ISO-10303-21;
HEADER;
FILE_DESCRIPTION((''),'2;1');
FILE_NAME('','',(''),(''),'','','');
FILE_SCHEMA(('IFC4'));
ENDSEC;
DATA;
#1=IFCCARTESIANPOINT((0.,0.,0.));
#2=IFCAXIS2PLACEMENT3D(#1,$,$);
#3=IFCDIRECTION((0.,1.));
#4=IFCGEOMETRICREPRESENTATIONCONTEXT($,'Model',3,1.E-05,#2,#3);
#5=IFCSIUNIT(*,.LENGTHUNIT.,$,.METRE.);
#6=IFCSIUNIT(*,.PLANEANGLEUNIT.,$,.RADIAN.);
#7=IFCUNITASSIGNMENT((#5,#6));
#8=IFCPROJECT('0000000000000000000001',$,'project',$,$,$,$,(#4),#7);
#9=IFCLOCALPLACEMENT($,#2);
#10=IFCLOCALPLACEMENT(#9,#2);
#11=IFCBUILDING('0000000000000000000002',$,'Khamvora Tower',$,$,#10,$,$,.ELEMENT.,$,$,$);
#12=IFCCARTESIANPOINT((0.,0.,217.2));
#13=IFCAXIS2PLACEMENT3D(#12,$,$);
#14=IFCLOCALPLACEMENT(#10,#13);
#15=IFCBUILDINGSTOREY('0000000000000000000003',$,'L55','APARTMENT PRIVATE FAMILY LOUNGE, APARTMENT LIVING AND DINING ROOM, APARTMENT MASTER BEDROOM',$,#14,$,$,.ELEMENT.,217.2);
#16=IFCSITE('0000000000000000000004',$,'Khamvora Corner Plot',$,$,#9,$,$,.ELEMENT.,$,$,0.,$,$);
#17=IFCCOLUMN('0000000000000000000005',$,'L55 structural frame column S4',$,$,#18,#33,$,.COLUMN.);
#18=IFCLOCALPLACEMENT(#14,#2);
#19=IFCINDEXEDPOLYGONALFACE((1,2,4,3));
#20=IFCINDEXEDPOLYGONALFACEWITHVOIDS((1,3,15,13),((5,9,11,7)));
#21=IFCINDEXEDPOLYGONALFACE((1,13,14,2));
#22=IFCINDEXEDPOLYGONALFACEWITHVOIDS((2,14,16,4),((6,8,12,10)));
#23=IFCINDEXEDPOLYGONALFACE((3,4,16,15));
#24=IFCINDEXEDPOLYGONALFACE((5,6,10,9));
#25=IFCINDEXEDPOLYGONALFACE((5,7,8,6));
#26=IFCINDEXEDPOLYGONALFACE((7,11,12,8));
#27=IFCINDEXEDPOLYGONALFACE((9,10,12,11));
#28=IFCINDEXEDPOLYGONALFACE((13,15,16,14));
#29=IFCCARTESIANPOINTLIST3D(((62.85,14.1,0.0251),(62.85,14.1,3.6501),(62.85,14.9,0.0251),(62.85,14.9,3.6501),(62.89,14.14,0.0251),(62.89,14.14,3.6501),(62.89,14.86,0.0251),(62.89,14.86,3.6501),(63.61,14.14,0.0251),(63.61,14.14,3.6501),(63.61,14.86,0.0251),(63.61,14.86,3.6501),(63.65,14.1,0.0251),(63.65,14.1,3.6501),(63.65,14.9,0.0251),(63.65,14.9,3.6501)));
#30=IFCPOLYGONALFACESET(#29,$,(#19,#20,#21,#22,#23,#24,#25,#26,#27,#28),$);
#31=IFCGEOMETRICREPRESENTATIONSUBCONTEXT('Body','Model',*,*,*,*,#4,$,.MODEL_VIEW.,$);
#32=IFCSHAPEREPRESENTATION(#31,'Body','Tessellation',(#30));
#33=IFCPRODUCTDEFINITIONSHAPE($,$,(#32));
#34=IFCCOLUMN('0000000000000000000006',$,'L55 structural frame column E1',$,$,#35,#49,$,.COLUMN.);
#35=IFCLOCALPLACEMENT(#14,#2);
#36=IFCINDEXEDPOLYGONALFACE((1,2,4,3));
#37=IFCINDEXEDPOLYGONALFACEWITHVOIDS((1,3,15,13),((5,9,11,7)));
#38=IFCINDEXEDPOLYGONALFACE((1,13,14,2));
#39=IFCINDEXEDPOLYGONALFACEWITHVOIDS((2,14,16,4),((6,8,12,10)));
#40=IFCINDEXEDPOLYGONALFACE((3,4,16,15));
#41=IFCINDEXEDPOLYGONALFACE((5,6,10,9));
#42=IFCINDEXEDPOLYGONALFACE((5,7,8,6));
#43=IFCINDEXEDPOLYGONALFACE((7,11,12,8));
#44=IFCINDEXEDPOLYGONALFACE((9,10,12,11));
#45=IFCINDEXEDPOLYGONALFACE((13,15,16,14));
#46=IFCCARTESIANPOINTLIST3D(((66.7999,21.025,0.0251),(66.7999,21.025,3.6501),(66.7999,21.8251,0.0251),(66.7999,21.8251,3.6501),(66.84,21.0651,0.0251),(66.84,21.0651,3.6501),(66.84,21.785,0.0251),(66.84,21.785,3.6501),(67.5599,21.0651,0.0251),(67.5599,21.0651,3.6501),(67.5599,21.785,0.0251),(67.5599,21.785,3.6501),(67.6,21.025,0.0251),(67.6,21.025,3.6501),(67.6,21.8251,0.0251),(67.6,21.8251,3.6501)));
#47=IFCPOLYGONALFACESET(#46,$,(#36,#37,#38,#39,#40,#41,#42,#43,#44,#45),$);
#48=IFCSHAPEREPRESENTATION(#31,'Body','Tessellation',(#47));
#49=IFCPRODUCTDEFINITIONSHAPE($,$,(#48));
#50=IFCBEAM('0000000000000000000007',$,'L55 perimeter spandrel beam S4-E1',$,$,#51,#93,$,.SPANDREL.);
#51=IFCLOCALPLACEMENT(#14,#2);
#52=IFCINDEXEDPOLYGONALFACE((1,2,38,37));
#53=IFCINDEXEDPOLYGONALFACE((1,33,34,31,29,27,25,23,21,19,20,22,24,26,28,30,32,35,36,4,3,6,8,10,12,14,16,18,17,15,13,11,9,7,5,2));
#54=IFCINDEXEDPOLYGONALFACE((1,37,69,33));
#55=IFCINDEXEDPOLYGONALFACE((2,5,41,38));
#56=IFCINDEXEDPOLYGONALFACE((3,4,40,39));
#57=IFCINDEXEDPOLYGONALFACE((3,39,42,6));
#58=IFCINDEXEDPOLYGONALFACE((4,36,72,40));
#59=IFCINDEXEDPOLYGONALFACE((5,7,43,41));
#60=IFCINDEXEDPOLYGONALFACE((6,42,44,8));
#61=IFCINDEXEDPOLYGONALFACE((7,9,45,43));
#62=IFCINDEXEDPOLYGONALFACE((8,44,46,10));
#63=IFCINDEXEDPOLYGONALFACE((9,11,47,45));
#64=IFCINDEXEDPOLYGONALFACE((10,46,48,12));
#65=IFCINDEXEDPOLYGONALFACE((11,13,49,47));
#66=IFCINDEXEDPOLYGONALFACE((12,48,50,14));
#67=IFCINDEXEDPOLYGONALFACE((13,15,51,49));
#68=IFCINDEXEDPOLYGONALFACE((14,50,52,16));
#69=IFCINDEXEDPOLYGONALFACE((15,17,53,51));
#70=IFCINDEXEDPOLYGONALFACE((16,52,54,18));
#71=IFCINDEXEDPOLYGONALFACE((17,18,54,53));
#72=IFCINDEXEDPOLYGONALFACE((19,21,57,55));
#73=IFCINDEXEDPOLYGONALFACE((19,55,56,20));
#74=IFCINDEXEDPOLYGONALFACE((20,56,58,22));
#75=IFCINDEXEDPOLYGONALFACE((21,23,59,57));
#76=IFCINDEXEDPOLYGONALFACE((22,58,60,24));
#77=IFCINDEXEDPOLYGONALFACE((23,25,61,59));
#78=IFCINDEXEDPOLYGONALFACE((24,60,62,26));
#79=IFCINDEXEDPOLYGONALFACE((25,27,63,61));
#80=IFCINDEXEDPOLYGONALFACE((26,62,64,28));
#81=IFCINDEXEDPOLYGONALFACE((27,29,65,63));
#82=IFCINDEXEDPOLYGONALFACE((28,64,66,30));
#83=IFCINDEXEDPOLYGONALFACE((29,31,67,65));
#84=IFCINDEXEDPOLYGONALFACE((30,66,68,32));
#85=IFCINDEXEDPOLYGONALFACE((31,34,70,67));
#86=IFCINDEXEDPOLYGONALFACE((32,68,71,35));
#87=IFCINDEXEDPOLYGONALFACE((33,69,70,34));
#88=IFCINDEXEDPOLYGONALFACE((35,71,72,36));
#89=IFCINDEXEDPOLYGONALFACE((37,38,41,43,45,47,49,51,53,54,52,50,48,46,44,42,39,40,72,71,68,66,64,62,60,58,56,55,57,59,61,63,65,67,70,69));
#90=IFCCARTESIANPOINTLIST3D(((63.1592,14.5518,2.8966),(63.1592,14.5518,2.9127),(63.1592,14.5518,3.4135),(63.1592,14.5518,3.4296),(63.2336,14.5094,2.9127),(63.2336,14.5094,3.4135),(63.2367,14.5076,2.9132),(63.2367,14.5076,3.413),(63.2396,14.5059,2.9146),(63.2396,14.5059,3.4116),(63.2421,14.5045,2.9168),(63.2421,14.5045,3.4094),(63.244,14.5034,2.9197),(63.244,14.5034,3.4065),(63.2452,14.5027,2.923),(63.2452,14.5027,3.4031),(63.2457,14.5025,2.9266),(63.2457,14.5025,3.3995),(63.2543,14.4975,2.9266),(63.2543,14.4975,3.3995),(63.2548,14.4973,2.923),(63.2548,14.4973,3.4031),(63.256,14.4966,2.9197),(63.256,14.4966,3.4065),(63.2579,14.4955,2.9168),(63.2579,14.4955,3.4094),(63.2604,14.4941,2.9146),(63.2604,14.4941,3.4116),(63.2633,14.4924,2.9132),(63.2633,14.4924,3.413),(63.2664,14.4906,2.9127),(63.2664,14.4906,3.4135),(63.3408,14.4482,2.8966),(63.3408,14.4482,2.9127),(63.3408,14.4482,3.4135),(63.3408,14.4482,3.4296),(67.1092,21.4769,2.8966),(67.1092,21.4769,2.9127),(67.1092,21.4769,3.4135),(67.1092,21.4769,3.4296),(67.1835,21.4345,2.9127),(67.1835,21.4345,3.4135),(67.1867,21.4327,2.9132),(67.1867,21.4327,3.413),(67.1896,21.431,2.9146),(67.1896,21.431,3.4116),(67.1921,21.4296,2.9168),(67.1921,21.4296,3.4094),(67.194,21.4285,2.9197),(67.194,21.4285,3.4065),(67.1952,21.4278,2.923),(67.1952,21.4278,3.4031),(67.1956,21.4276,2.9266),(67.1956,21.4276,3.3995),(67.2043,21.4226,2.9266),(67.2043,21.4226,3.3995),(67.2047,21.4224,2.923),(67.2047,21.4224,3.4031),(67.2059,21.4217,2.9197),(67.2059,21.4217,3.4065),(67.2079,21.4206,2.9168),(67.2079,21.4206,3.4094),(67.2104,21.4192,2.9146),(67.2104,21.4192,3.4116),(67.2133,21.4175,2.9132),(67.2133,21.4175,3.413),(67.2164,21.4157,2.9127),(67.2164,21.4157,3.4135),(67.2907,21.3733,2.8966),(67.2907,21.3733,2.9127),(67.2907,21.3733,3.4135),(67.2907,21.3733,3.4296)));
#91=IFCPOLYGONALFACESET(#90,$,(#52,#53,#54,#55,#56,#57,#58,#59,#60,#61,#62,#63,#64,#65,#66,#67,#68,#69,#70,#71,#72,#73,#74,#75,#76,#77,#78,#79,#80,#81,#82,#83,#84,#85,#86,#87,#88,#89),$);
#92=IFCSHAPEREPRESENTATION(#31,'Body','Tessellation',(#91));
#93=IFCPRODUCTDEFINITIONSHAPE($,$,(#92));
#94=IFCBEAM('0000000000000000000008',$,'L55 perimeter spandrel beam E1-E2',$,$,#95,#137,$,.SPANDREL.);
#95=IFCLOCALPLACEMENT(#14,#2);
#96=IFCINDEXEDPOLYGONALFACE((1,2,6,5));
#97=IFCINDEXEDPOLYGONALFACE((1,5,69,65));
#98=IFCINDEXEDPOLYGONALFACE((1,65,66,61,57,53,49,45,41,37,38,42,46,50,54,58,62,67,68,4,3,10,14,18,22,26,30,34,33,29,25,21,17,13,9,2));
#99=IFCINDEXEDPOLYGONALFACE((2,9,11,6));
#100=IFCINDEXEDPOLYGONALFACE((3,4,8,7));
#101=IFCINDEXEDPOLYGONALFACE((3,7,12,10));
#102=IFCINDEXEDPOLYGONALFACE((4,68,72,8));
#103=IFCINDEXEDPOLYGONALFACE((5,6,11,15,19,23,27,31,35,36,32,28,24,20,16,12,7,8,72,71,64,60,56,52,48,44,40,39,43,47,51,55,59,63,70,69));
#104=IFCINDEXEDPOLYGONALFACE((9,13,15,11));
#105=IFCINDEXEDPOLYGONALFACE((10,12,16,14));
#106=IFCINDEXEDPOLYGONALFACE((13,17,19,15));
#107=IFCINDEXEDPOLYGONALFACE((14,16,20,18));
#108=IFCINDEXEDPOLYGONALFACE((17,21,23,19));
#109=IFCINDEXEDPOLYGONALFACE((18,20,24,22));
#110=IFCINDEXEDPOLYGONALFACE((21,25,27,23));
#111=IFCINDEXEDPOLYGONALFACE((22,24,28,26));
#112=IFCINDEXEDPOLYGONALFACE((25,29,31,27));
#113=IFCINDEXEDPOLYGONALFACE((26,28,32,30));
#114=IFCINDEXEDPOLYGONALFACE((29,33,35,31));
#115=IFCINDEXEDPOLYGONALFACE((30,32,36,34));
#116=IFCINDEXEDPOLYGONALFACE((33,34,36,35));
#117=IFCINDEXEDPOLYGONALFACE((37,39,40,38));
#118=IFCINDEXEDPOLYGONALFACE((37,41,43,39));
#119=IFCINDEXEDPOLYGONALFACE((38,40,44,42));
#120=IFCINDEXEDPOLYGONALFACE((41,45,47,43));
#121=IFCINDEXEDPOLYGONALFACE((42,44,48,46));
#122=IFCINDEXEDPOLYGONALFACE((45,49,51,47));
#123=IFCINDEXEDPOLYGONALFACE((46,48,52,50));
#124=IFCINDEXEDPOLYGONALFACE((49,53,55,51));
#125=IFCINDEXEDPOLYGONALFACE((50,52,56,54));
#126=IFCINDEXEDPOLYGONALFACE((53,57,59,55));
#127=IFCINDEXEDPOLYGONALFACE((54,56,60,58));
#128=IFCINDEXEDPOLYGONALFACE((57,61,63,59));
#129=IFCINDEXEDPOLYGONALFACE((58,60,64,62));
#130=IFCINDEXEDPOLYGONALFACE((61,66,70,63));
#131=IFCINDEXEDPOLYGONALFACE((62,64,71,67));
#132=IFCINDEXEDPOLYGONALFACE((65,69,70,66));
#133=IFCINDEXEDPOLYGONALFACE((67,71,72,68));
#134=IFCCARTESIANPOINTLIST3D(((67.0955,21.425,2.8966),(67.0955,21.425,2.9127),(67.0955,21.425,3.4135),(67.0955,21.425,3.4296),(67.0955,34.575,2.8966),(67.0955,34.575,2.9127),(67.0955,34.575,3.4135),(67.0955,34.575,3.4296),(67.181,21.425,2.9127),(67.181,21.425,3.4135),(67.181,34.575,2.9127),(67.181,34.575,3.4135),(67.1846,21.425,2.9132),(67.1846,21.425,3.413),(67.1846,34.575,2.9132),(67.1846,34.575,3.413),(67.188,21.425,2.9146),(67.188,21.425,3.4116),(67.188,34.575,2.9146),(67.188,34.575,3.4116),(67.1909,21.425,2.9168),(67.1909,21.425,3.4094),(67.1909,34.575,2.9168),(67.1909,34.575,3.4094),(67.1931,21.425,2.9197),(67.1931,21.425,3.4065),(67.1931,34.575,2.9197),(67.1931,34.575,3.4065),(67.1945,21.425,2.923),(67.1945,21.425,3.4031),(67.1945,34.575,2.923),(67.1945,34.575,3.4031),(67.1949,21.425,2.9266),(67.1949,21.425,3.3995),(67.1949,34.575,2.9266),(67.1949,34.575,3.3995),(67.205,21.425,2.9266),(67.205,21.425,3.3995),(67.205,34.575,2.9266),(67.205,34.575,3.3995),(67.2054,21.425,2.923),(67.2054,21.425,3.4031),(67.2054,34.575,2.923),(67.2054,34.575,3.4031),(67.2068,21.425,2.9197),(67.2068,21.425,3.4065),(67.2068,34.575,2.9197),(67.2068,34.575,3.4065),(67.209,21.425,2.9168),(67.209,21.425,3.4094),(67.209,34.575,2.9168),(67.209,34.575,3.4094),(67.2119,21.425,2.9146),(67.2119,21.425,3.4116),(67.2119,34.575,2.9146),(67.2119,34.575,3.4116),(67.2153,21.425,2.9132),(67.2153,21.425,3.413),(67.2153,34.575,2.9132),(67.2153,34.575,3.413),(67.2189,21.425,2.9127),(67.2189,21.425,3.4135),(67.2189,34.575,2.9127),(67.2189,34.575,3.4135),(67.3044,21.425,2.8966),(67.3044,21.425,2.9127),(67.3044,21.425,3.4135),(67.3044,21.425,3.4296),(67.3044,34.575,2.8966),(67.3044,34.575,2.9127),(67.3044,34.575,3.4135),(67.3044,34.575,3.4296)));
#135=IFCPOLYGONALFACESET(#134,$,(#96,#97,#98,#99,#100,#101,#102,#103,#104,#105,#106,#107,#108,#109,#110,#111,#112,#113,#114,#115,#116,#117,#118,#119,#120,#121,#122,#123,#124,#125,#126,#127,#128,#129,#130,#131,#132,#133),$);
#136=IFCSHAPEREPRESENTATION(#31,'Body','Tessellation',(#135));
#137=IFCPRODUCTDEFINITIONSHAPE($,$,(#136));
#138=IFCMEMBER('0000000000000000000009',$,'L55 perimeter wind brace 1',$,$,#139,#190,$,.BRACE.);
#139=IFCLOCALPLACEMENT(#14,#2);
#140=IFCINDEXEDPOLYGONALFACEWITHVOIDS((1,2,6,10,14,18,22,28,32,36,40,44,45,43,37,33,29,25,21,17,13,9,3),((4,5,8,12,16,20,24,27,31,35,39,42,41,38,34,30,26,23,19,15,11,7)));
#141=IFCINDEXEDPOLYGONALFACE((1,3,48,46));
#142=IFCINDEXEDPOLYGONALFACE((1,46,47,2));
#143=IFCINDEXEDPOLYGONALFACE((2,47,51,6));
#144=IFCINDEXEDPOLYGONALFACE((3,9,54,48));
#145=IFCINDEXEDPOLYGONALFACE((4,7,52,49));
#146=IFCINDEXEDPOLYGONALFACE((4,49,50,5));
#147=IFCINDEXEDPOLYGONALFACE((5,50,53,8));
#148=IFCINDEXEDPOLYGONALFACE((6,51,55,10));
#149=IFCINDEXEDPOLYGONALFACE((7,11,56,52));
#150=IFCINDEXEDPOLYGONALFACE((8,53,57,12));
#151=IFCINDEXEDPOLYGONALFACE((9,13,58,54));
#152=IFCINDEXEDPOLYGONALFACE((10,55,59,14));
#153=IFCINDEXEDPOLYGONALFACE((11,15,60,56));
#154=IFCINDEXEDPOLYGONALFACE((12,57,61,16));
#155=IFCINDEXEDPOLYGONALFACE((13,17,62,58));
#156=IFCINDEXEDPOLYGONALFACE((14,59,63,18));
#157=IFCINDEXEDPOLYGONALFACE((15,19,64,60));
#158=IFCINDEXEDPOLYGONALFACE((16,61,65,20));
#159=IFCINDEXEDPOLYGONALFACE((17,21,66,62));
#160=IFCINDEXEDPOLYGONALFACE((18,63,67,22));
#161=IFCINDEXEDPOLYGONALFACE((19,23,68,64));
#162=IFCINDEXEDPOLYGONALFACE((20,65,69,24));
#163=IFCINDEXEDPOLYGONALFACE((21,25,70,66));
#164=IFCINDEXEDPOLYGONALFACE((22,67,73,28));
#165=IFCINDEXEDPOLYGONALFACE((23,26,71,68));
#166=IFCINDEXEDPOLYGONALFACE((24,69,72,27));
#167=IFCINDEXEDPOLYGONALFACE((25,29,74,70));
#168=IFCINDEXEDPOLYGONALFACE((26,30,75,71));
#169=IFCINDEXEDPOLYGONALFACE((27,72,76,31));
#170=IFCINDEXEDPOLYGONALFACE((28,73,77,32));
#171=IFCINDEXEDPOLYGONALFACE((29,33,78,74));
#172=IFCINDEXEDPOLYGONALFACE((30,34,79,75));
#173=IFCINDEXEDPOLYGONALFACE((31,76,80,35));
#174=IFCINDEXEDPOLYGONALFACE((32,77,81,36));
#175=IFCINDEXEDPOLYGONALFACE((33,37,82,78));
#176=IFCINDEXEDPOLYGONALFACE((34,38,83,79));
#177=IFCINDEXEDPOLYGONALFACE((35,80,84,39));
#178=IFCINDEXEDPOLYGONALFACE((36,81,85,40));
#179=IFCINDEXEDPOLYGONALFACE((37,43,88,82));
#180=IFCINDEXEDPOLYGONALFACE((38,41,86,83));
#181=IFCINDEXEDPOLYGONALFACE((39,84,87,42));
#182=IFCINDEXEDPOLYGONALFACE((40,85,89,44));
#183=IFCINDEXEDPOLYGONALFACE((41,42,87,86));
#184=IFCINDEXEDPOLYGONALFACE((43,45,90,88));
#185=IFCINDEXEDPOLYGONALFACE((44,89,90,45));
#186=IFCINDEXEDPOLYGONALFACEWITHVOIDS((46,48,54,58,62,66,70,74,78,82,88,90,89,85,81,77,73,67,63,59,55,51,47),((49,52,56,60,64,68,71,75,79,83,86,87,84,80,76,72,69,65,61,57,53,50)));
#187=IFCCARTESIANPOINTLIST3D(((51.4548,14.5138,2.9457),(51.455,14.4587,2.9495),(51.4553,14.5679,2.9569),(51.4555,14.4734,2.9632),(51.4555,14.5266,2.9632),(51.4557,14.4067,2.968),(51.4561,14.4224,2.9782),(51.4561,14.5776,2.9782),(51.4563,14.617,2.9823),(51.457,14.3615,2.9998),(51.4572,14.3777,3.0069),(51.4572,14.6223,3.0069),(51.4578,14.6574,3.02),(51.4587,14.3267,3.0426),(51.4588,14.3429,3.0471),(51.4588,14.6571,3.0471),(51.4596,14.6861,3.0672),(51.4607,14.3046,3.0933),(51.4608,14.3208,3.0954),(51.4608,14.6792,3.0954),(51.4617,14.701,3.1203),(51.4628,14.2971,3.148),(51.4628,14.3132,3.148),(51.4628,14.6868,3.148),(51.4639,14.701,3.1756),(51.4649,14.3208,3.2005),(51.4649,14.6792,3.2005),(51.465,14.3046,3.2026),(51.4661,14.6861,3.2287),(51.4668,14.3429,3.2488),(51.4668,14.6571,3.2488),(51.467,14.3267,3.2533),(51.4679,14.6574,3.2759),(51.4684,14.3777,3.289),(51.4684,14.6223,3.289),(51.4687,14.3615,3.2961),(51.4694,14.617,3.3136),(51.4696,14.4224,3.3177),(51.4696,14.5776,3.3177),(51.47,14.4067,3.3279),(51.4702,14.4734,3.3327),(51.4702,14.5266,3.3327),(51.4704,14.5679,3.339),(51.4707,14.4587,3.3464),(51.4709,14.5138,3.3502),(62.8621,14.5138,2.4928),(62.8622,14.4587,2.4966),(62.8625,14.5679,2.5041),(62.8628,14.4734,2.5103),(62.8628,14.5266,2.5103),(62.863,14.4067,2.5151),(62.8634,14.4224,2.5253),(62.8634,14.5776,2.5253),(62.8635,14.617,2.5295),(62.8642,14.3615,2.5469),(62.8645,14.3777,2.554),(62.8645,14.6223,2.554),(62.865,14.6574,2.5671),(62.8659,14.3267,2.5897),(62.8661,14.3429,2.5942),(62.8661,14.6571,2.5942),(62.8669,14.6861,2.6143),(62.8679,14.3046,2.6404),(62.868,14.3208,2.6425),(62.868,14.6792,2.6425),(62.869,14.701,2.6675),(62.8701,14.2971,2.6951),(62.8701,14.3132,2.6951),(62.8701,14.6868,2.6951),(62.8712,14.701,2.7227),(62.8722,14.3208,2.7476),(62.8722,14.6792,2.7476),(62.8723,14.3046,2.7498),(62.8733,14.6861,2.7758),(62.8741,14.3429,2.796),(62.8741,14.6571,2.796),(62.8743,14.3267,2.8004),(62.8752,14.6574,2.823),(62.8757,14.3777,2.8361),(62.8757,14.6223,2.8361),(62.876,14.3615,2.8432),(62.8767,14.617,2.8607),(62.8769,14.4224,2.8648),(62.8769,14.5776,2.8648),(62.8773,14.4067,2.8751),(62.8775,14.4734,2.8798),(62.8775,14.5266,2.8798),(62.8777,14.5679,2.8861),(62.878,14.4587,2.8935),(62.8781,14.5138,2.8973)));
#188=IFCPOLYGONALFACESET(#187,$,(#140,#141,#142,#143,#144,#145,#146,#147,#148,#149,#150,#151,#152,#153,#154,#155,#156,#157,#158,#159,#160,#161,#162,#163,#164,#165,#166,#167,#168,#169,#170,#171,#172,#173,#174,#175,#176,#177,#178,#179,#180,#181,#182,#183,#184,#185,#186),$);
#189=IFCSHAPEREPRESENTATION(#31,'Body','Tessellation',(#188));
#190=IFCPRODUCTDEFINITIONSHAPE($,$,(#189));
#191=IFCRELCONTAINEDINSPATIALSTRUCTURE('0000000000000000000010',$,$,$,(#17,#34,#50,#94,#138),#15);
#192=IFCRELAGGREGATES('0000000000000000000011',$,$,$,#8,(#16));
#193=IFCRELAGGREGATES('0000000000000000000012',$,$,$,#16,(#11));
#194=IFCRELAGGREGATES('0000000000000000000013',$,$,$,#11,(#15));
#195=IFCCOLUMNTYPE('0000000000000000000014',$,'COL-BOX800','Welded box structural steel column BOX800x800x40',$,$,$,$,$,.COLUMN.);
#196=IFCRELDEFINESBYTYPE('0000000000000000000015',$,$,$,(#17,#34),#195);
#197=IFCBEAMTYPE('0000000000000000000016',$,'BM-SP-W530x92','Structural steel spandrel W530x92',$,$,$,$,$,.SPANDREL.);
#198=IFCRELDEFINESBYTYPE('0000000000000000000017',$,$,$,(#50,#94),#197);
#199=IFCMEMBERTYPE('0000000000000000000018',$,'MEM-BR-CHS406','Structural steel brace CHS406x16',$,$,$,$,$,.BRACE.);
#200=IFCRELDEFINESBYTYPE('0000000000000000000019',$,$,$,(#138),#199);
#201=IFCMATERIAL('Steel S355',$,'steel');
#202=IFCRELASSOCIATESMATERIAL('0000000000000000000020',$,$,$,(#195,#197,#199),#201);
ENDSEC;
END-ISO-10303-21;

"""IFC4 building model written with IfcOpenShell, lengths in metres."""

from ifc_helpers import new_model, si_unit, direction, frame, origin, origin_2d, place, context, subcontext, project, spatial, hollow_rectangle, hollow_circle, i_section, extrude, material, material_profile, profile_set, type_object, element, save


model = new_model("IFC4")

# Units and contexts
model_context = context("Model", 3, precision=1e-05, world=origin(), true_north=direction((0.0, 1.0)))
body_context = subcontext(model_context, "Body", "Model", "MODEL_VIEW")
ifc_project = project(units=[si_unit("LENGTHUNIT", "METRE"), si_unit("PLANEANGLEUNIT", "RADIAN")], contexts=[model_context])

# Site, building, storey
site_placement = place(None, origin())
site = spatial("IfcSite", under=ifc_project, at=site_placement, Name="Khamvora Corner Plot", CompositionType="ELEMENT", RefElevation=0.0)
building_placement = place(site_placement, origin())
building = spatial("IfcBuilding", under=site, at=building_placement, Name="Khamvora Tower", CompositionType="ELEMENT")
storey_placement = place(building_placement, frame((0.0, 0.0, 217.2)))
storey = spatial("IfcBuildingStorey", under=building, at=storey_placement, Name="L55", Description="APARTMENT PRIVATE FAMILY LOUNGE, APARTMENT LIVING AND DINING ROOM, APARTMENT MASTER BEDROOM", CompositionType="ELEMENT", Elevation=217.2)

# Columns
ifc_material_1 = material(Name="Steel S355", Category="steel")
ifc_material_profile_1 = material_profile(ifc_material_1, hollow_rectangle(XDim=0.8, YDim=0.8, WallThickness=0.04, at=origin_2d()), Name="BOX800x800x40")
ifc_profile_set_1 = profile_set([ifc_material_profile_1], Name="Steel S355")
column_type = type_object("IfcColumnType", Name="COL-BOX800", Description="Welded box structural steel column BOX800x800x40", PredefinedType="COLUMN", material=ifc_profile_set_1)
for number, where, z_axis, x_axis, name in (
    (1, (63.25, 14.5, 0.0251), (0.0, 0.0, 1.0), (1.0, 0.0, 0.0), "L55 structural frame column S4"),
    (2, (67.2, 21.425, 0.0251), (0.0, 0.0, 1.0), (1.0, 0.0, 0.0), "L55 structural frame column E1"),
):
    element("IfcColumn", number, at=place(storey_placement, frame(where, z_axis=z_axis, x_axis=x_axis)), inside=storey, type_object=column_type, Name=name, PredefinedType="COLUMN", context=body_context, shape_type="SweptSolid", body=[
        extrude(hollow_rectangle(XDim=0.8, YDim=0.8, WallThickness=0.04, at=origin_2d()), origin(), (0.0, 0.0, 1.0), 3.625),
    ])

# Beams
ifc_material_profile_2 = material_profile(ifc_material_1, i_section(OverallWidth=0.209, OverallDepth=0.533, WebThickness=0.01, FlangeThickness=0.0161, FilletRadius=0.0139, at=origin_2d()), Name="W530x92")
ifc_profile_set_2 = profile_set([ifc_material_profile_2], Name="Steel S355")
beam_type = type_object("IfcBeamType", Name="BM-SP-W530x92", Description="Structural steel spandrel W530x92", PredefinedType="SPANDREL", material=ifc_profile_set_2)
beam_1_placement = place(storey_placement, frame((63.25, 14.5, 3.1631), z_axis=(0.495456, 0.868633, 0.0), x_axis=(-0.868633, 0.495456, 0.0)))
element("IfcBeam", 3, at=beam_1_placement, inside=storey, type_object=beam_type, Name="L55 perimeter spandrel beam S4-E1", PredefinedType="SPANDREL", context=body_context, shape_type="SweptSolid", body=[
    extrude(i_section(OverallWidth=0.209, OverallDepth=0.533, WebThickness=0.01, FlangeThickness=0.0161, FilletRadius=0.0139, at=origin_2d()), origin(), (0.0, 0.0, 1.0), 7.9724),
])
beam_2_placement = place(storey_placement, frame((67.2, 21.425, 3.1631), z_axis=(0.0, 1.0, 0.0), x_axis=(-1.0, 0.0, 0.0)))
element("IfcBeam", 4, at=beam_2_placement, inside=storey, type_object=beam_type, Name="L55 perimeter spandrel beam E1-E2", PredefinedType="SPANDREL", context=body_context, shape_type="SweptSolid", body=[
    extrude(i_section(OverallWidth=0.209, OverallDepth=0.533, WebThickness=0.01, FlangeThickness=0.0161, FilletRadius=0.0139, at=origin_2d()), origin(), (0.0, 0.0, 1.0), 13.1499),
])

# Member
ifc_material_profile_3 = material_profile(ifc_material_1, hollow_circle(Radius=0.2029, WallThickness=0.0161, at=origin_2d()), Name="CHS406x16")
ifc_profile_set_3 = profile_set([ifc_material_profile_3], Name="Steel S355")
member_type = type_object("IfcMemberType", Name="MEM-BR-CHS406", Description="Structural steel brace CHS406x16", PredefinedType="BRACE", material=ifc_profile_set_3)
member_placement = place(storey_placement, frame((62.8701, 14.5, 2.6951), z_axis=(-0.999213, 0.0, 0.03967), x_axis=(0.0, -1.0, 0.0)))
element("IfcMember", 5, at=member_placement, inside=storey, type_object=member_type, Name="L55 perimeter wind brace 1", PredefinedType="BRACE", context=body_context, shape_type="SweptSolid", body=[
    extrude(hollow_circle(Radius=0.2029, WallThickness=0.0161, at=origin_2d()), origin(), (0.0, 0.0, 1.0), 11.4163),
])

save(model, "model.ifc")
